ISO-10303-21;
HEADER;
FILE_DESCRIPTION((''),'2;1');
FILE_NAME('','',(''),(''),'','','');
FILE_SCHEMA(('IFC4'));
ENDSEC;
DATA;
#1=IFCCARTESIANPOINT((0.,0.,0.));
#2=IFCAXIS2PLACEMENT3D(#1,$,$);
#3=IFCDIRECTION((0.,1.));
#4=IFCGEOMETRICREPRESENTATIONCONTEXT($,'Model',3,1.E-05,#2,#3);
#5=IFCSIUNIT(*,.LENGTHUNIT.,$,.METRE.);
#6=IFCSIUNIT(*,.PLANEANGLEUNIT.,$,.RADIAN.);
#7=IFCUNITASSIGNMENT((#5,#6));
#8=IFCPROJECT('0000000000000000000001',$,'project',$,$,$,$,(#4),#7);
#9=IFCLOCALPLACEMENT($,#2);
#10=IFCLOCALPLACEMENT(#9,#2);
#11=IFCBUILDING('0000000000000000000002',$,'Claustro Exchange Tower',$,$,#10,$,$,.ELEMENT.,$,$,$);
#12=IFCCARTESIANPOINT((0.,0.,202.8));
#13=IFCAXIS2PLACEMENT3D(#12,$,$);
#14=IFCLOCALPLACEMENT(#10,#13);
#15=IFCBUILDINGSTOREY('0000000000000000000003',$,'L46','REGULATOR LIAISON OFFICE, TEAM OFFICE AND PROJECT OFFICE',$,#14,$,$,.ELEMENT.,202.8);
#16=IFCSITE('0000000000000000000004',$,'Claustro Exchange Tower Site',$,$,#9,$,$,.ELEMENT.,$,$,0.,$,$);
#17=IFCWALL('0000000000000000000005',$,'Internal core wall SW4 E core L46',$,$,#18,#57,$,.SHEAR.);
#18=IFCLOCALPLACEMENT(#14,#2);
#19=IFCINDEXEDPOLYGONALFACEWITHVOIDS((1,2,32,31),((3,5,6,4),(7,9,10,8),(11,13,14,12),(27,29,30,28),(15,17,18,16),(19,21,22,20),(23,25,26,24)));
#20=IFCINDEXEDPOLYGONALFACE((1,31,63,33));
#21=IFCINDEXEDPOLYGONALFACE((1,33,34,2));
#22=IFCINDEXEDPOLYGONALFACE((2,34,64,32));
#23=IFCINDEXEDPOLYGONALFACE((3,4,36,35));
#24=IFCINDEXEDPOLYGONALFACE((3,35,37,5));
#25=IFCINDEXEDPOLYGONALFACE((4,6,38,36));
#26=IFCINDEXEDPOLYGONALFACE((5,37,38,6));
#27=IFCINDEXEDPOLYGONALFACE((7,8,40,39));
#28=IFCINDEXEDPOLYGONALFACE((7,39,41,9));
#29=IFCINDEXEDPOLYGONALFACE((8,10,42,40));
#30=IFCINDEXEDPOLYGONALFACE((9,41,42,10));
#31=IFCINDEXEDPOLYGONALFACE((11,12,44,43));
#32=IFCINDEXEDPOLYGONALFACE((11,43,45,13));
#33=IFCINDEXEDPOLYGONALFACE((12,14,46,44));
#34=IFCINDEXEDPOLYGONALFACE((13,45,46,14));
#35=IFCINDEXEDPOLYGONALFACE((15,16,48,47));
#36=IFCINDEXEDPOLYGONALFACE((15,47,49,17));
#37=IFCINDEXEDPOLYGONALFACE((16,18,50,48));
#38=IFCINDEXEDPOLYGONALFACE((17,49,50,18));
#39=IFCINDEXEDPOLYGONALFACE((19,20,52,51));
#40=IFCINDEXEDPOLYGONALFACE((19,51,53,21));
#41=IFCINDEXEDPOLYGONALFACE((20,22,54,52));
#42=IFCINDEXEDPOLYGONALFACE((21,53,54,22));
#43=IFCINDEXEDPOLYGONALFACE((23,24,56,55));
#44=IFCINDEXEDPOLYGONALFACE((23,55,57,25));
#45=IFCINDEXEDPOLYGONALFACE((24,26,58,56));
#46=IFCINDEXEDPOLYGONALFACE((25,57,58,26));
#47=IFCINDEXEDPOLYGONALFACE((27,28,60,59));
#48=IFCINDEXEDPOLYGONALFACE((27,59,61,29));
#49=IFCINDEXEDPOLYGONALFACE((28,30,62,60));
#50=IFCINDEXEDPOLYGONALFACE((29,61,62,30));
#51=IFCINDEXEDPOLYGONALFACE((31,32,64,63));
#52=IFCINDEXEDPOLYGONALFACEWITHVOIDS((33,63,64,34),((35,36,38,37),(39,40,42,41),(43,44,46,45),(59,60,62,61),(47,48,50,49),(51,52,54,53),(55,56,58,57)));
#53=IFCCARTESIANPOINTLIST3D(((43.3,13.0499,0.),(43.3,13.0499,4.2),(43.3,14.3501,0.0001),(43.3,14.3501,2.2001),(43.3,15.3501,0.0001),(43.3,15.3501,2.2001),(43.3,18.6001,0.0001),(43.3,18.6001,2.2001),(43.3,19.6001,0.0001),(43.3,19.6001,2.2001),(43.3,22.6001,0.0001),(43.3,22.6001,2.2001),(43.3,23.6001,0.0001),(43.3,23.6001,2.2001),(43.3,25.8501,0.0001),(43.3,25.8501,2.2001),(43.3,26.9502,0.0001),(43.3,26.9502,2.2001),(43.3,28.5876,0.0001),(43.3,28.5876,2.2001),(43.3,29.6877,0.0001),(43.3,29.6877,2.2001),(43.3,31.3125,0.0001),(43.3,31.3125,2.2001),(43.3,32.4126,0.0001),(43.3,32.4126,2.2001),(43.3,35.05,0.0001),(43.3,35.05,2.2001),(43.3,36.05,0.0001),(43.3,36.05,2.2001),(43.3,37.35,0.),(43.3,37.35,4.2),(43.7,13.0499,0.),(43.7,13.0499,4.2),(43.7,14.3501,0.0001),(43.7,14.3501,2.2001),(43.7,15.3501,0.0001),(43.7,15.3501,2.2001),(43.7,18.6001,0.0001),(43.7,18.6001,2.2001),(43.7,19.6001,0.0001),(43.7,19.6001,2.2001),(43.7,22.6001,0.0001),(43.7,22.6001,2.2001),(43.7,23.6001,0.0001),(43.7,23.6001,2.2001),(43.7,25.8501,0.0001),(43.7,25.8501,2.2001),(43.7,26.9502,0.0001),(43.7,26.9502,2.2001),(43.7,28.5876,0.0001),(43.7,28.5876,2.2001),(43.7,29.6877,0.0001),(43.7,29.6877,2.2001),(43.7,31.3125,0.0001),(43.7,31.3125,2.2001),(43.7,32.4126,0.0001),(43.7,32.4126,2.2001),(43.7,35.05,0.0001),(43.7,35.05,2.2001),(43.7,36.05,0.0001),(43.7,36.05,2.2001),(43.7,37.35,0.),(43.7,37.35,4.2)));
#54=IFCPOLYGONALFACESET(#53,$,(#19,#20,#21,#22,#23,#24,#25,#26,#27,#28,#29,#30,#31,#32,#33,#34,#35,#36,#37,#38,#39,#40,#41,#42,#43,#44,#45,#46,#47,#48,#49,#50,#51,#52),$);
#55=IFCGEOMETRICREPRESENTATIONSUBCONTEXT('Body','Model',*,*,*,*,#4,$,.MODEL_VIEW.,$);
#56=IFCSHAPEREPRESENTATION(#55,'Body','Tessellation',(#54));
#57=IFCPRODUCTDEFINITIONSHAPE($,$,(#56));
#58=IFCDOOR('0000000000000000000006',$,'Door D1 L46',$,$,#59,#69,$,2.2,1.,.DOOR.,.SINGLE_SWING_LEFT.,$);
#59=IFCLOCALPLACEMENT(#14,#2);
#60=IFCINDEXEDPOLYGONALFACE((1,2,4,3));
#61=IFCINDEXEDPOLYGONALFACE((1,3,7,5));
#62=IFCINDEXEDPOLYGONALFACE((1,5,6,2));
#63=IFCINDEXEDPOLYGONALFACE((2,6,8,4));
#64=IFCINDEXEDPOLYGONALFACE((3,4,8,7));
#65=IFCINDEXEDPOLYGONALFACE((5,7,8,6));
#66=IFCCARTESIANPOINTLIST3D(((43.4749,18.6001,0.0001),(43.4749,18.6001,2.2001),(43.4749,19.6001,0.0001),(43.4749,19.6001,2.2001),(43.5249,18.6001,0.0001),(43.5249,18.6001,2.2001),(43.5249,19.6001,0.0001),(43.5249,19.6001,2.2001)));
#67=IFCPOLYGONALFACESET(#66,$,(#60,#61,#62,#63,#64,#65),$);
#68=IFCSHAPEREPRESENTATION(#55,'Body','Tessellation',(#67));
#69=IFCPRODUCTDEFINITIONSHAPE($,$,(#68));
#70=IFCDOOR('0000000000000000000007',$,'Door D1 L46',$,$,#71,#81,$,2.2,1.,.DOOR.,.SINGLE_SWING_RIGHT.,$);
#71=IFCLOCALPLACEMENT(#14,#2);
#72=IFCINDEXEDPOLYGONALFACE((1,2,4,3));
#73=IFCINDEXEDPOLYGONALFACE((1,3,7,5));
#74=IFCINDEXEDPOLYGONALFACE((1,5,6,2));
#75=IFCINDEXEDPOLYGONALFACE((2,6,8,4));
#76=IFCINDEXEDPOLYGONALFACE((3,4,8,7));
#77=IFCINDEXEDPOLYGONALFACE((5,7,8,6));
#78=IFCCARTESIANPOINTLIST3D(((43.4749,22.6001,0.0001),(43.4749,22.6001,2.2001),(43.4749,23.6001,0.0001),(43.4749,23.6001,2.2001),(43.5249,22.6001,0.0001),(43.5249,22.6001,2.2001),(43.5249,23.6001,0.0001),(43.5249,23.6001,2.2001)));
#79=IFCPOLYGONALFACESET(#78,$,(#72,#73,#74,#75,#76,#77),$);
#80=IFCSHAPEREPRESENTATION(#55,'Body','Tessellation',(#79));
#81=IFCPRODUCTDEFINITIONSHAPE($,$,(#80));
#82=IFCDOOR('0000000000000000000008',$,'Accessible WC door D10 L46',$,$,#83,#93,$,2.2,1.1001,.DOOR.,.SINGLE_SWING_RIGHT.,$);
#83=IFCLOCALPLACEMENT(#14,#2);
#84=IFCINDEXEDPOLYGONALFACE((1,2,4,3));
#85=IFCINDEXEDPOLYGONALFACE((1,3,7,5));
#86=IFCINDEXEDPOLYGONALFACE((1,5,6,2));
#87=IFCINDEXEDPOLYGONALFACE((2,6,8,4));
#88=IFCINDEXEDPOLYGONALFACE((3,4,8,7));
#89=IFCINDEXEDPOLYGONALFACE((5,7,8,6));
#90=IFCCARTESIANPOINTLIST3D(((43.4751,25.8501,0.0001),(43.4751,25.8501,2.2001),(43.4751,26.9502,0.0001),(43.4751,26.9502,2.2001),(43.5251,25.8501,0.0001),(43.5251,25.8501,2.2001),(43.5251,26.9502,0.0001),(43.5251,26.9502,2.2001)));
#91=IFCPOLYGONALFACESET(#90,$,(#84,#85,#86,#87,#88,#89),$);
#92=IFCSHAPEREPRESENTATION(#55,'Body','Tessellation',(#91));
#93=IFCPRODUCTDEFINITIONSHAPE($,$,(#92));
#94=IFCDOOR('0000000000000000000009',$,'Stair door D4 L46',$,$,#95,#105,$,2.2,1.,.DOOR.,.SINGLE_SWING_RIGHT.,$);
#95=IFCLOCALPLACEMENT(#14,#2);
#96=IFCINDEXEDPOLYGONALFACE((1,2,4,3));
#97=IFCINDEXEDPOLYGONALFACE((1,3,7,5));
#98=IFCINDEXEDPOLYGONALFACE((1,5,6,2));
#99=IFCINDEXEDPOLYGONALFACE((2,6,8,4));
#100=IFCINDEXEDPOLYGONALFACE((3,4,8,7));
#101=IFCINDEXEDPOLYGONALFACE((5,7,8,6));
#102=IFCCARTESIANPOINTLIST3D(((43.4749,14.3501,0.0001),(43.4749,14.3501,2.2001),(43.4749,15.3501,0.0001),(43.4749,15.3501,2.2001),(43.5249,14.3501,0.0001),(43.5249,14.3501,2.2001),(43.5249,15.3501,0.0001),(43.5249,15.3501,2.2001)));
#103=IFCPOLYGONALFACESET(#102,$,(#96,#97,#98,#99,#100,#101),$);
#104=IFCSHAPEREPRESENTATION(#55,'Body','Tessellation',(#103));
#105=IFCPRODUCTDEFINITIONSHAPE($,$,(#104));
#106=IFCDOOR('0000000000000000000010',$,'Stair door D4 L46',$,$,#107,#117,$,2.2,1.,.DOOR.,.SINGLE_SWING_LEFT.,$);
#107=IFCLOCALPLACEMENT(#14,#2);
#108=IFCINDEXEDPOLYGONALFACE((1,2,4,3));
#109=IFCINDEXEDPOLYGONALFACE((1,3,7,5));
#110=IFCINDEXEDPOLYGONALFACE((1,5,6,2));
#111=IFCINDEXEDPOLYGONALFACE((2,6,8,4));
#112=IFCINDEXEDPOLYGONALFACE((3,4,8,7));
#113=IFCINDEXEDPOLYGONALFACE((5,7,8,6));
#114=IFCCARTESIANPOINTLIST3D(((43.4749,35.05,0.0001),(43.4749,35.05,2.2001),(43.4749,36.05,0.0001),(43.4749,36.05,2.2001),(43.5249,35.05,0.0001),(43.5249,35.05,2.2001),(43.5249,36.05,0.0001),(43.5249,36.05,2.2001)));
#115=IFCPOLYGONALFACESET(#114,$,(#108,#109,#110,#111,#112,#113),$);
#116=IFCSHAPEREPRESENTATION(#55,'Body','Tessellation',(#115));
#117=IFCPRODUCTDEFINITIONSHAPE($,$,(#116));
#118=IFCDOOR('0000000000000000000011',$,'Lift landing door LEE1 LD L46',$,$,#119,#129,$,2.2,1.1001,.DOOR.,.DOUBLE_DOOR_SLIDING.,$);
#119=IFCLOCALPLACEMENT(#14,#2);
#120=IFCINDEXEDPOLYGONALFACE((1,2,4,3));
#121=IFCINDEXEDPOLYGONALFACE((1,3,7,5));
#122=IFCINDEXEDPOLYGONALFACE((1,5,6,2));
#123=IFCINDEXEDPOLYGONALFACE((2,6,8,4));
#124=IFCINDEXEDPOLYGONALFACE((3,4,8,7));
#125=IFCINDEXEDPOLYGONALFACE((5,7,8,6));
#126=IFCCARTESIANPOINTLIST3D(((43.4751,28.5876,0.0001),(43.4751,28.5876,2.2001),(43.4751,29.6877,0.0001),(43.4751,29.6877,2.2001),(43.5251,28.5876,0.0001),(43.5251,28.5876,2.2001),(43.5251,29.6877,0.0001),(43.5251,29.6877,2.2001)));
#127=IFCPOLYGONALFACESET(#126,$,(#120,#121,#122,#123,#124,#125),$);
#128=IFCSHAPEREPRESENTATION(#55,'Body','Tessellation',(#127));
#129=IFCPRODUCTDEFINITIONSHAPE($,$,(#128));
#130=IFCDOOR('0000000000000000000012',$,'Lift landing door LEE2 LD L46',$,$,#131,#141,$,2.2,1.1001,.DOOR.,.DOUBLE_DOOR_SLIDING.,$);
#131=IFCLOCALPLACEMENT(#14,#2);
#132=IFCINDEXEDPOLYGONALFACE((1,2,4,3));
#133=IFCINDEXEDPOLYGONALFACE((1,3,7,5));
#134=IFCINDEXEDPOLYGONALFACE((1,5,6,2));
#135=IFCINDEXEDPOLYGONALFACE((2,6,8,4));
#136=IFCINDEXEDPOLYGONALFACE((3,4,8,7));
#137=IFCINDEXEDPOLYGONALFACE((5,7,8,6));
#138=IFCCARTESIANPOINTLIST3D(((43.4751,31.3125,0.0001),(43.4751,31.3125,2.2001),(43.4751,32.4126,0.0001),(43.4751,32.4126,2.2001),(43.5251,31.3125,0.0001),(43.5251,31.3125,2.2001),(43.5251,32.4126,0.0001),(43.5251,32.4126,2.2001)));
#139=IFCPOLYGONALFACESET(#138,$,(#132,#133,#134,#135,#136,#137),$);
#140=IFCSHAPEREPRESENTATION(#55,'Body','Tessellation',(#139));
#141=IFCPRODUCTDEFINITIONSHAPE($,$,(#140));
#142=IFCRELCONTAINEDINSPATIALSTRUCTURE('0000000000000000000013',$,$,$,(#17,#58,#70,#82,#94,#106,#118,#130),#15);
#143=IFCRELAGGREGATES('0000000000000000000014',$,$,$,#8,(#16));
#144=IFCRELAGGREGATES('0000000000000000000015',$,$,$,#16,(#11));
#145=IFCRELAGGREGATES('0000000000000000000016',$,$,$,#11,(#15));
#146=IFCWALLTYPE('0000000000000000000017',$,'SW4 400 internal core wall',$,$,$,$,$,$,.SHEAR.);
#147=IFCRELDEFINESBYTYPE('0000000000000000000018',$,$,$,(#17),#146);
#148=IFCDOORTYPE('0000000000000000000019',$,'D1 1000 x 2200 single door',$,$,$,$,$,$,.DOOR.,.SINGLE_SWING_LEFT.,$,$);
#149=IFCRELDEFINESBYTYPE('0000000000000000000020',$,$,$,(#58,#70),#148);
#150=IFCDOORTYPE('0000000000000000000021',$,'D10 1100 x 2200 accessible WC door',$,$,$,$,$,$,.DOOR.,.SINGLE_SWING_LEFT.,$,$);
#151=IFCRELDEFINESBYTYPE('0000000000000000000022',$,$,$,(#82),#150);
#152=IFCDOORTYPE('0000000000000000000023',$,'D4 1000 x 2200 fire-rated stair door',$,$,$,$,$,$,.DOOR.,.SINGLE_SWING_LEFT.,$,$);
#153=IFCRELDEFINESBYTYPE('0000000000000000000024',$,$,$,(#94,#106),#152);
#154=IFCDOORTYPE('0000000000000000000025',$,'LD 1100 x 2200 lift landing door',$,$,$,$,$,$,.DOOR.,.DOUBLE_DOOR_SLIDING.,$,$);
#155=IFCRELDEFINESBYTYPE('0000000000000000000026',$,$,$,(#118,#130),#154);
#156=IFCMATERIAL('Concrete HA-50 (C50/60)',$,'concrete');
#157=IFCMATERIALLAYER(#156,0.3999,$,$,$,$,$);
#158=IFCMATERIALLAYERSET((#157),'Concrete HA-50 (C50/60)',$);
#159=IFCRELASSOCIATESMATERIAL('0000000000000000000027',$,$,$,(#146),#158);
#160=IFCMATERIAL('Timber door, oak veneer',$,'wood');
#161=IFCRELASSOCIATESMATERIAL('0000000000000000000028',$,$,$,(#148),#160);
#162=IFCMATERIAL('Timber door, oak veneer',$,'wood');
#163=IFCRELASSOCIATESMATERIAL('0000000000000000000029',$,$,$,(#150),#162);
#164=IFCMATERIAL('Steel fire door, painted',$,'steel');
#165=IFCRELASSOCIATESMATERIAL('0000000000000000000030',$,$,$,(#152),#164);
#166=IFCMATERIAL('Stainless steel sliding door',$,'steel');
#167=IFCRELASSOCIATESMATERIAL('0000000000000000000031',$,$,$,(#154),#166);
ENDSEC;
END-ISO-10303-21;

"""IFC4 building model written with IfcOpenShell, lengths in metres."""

from ifc_helpers import new_model, si_unit, direction, frame, frame_2d, origin, place, context, subcontext, project, spatial, rectangle, extrude, material, layer, layer_set, type_object, element, fill, save


model = new_model("IFC4")

# Units and contexts
model_context = context("Model", 3, precision=1e-05, world=origin(), true_north=direction((0.0, 1.0)))
body_context = subcontext(model_context, "Body", "Model", "MODEL_VIEW")
ifc_project = project(units=[si_unit("LENGTHUNIT", "METRE"), si_unit("PLANEANGLEUNIT", "RADIAN")], contexts=[model_context])

# Site, building, storey
site_placement = place(None, origin())
site = spatial("IfcSite", under=ifc_project, at=site_placement, Name="Claustro Exchange Tower Site", CompositionType="ELEMENT", RefElevation=0.0)
building_placement = place(site_placement, origin())
building = spatial("IfcBuilding", under=site, at=building_placement, Name="Claustro Exchange Tower", CompositionType="ELEMENT")
storey_placement = place(building_placement, frame((0.0, 0.0, 202.8)))
storey = spatial("IfcBuildingStorey", under=building, at=storey_placement, Name="L46", Description="REGULATOR LIAISON OFFICE, TEAM OFFICE AND PROJECT OFFICE", CompositionType="ELEMENT", Elevation=202.8)

# Wall, openings, doors
ifc_material_1 = material(Name="Concrete HA-50 (C50/60)", Category="concrete")
ifc_layer_1 = layer(ifc_material_1, 0.3999)
ifc_layer_set_1 = layer_set([ifc_layer_1], Name="Concrete HA-50 (C50/60)")
wall_type_1 = type_object("IfcWallType", Name="SW4 400 internal core wall", PredefinedType="SHEAR", material=ifc_layer_set_1)
wall_1_placement = place(storey_placement, frame((43.5, 13.05, 0.0), z_axis=(0.0, 0.0, 1.0), x_axis=(0.0, 1.0, 0.0)))
wall_1 = element("IfcWall", 1, at=wall_1_placement, inside=storey, type_object=wall_type_1, Name="Internal core wall SW4 E core L46", PredefinedType="SHEAR", context=body_context, shape_type="SweptSolid", body=[
    extrude(rectangle(XDim=24.3, YDim=0.3999, at=frame_2d((12.1499, 0.0))), origin(), (0.0, 0.0, 1.0), 4.2),
])
opening_1_placement = place(wall_1_placement, frame((1.3, 0.0, 0.0)))
opening_1 = element("IfcOpeningElement", 2, at=opening_1_placement, cuts=wall_1, PredefinedType="OPENING", context=body_context, shape_type="SweptSolid", body=[
    extrude(rectangle(XDim=1.0, YDim=2.2, at=frame_2d((0.5, 1.1001))), frame((0.0, 0.21, 0.0), z_axis=(0.0, -1.0, 0.0), x_axis=(1.0, 0.0, 0.0)), (0.0, 0.0, 1.0), 0.4199),
])
opening_2_placement = place(wall_1_placement, frame((22.0, 0.0, 0.0)))
opening_2 = element("IfcOpeningElement", 3, at=opening_2_placement, cuts=wall_1, PredefinedType="OPENING", context=body_context, shape_type="SweptSolid", body=[
    extrude(rectangle(XDim=1.0, YDim=2.2, at=frame_2d((0.5, 1.1001))), frame((0.0, 0.21, 0.0), z_axis=(0.0, -1.0, 0.0), x_axis=(1.0, 0.0, 0.0)), (0.0, 0.0, 1.0), 0.4199),
])
opening_3_placement = place(wall_1_placement, frame((5.55, 0.0, 0.0)))
opening_3 = element("IfcOpeningElement", 4, at=opening_3_placement, cuts=wall_1, PredefinedType="OPENING", context=body_context, shape_type="SweptSolid", body=[
    extrude(rectangle(XDim=1.0, YDim=2.2, at=frame_2d((0.5, 1.1001))), frame((0.0, 0.21, 0.0), z_axis=(0.0, -1.0, 0.0), x_axis=(1.0, 0.0, 0.0)), (0.0, 0.0, 1.0), 0.4199),
])
opening_4_placement = place(wall_1_placement, frame((9.55, 0.0, 0.0)))
opening_4 = element("IfcOpeningElement", 5, at=opening_4_placement, cuts=wall_1, PredefinedType="OPENING", context=body_context, shape_type="SweptSolid", body=[
    extrude(rectangle(XDim=1.0, YDim=2.2, at=frame_2d((0.5, 1.1001))), frame((0.0, 0.21, 0.0), z_axis=(0.0, -1.0, 0.0), x_axis=(1.0, 0.0, 0.0)), (0.0, 0.0, 1.0), 0.4199),
])
opening_5_placement = place(wall_1_placement, frame((12.8, 0.0, 0.0)))
opening_5 = element("IfcOpeningElement", 6, at=opening_5_placement, cuts=wall_1, PredefinedType="OPENING", context=body_context, shape_type="SweptSolid", body=[
    extrude(rectangle(XDim=1.1001, YDim=2.2, at=frame_2d((0.55, 1.1001))), frame((0.0, 0.21, 0.0), z_axis=(0.0, -1.0, 0.0), x_axis=(1.0, 0.0, 0.0)), (0.0, 0.0, 1.0), 0.4199),
])
opening_6_placement = place(wall_1_placement, frame((15.5376, 0.0, 0.0)))
opening_6 = element("IfcOpeningElement", 7, at=opening_6_placement, cuts=wall_1, PredefinedType="OPENING", context=body_context, shape_type="SweptSolid", body=[
    extrude(rectangle(XDim=1.1001, YDim=2.2, at=frame_2d((0.55, 1.1001))), frame((0.0, 0.21, 0.0), z_axis=(0.0, -1.0, 0.0), x_axis=(1.0, 0.0, 0.0)), (0.0, 0.0, 1.0), 0.4199),
])
opening_7_placement = place(wall_1_placement, frame((18.2625, 0.0, 0.0)))
opening_7 = element("IfcOpeningElement", 8, at=opening_7_placement, cuts=wall_1, PredefinedType="OPENING", context=body_context, shape_type="SweptSolid", body=[
    extrude(rectangle(XDim=1.1001, YDim=2.2, at=frame_2d((0.55, 1.1001))), frame((0.0, 0.21, 0.0), z_axis=(0.0, -1.0, 0.0), x_axis=(1.0, 0.0, 0.0)), (0.0, 0.0, 1.0), 0.4199),
])
ifc_material_2 = material(Name="Timber door, oak veneer", Category="wood")
door_type_1 = type_object("IfcDoorType", Name="D1 1000 x 2200 single door", OperationType="SINGLE_SWING_LEFT", PredefinedType="DOOR", material=ifc_material_2)
door_1_placement = place(opening_3_placement, frame((1.0, 0.0, 0.0), z_axis=(0.0, 0.0, 1.0), x_axis=(-1.0, 0.0, 0.0)))
door_1 = element("IfcDoor", 9, at=door_1_placement, inside=storey, type_object=door_type_1, Name="Door D1 L46", OperationType="SINGLE_SWING_LEFT", OverallHeight=2.2, OverallWidth=1.0, PredefinedType="DOOR", context=body_context, shape_type="SweptSolid", body=[
    extrude(rectangle(XDim=1.0, YDim=2.2, at=frame_2d((0.5, 1.1001))), frame((0.0, 0.0249, 0.0), z_axis=(0.0, -1.0, 0.0), x_axis=(1.0, 0.0, 0.0)), (0.0, 0.0, 1.0), 0.05),
])
fill(opening_3, door_1)
door_2_placement = place(opening_4_placement, frame((1.0, 0.0, 0.0), z_axis=(0.0, 0.0, 1.0), x_axis=(-1.0, 0.0, 0.0)))
door_2 = element("IfcDoor", 10, at=door_2_placement, inside=storey, type_object=door_type_1, Name="Door D1 L46", OperationType="SINGLE_SWING_RIGHT", OverallHeight=2.2, OverallWidth=1.0, PredefinedType="DOOR", context=body_context, shape_type="SweptSolid", body=[
    extrude(rectangle(XDim=1.0, YDim=2.2, at=frame_2d((0.5, 1.1001))), frame((0.0, 0.0249, 0.0), z_axis=(0.0, -1.0, 0.0), x_axis=(1.0, 0.0, 0.0)), (0.0, 0.0, 1.0), 0.05),
])
fill(opening_4, door_2)
ifc_material_3 = material(Name="Timber door, oak veneer", Category="wood")
door_type_2 = type_object("IfcDoorType", Name="D10 1100 x 2200 accessible WC door", OperationType="SINGLE_SWING_LEFT", PredefinedType="DOOR", material=ifc_material_3)
door_3_placement = place(opening_5_placement, origin())
door_3 = element("IfcDoor", 11, at=door_3_placement, inside=storey, type_object=door_type_2, Name="Accessible WC door D10 L46", OperationType="SINGLE_SWING_RIGHT", OverallHeight=2.2, OverallWidth=1.1001, PredefinedType="DOOR", context=body_context, shape_type="SweptSolid", body=[
    extrude(rectangle(XDim=1.1001, YDim=2.2, at=frame_2d((0.55, 1.1001))), frame((0.0, 0.0249, 0.0), z_axis=(0.0, -1.0, 0.0), x_axis=(1.0, 0.0, 0.0)), (0.0, 0.0, 1.0), 0.05),
])
fill(opening_5, door_3)
ifc_material_4 = material(Name="Steel fire door, painted", Category="steel")
door_type_3 = type_object("IfcDoorType", Name="D4 1000 x 2200 fire-rated stair door", OperationType="SINGLE_SWING_LEFT", PredefinedType="DOOR", material=ifc_material_4)
door_4_placement = place(opening_1_placement, frame((1.0, 0.0, 0.0), z_axis=(0.0, 0.0, 1.0), x_axis=(-1.0, 0.0, 0.0)))
door_4 = element("IfcDoor", 12, at=door_4_placement, inside=storey, type_object=door_type_3, Name="Stair door D4 L46", OperationType="SINGLE_SWING_RIGHT", OverallHeight=2.2, OverallWidth=1.0, PredefinedType="DOOR", context=body_context, shape_type="SweptSolid", body=[
    extrude(rectangle(XDim=1.0, YDim=2.2, at=frame_2d((0.5, 1.1001))), frame((0.0, 0.0249, 0.0), z_axis=(0.0, -1.0, 0.0), x_axis=(1.0, 0.0, 0.0)), (0.0, 0.0, 1.0), 0.05),
])
fill(opening_1, door_4)
door_5_placement = place(opening_2_placement, frame((1.0, 0.0, 0.0), z_axis=(0.0, 0.0, 1.0), x_axis=(-1.0, 0.0, 0.0)))
door_5 = element("IfcDoor", 13, at=door_5_placement, inside=storey, type_object=door_type_3, Name="Stair door D4 L46", OperationType="SINGLE_SWING_LEFT", OverallHeight=2.2, OverallWidth=1.0, PredefinedType="DOOR", context=body_context, shape_type="SweptSolid", body=[
    extrude(rectangle(XDim=1.0, YDim=2.2, at=frame_2d((0.5, 1.1001))), frame((0.0, 0.0249, 0.0), z_axis=(0.0, -1.0, 0.0), x_axis=(1.0, 0.0, 0.0)), (0.0, 0.0, 1.0), 0.05),
])
fill(opening_2, door_5)
ifc_material_5 = material(Name="Stainless steel sliding door", Category="steel")
door_type_4 = type_object("IfcDoorType", Name="LD 1100 x 2200 lift landing door", OperationType="DOUBLE_DOOR_SLIDING", PredefinedType="DOOR", material=ifc_material_5)
door_6_placement = place(opening_6_placement, origin())
door_6 = element("IfcDoor", 14, at=door_6_placement, inside=storey, type_object=door_type_4, Name="Lift landing door LEE1 LD L46", OperationType="DOUBLE_DOOR_SLIDING", OverallHeight=2.2, OverallWidth=1.1001, PredefinedType="DOOR", context=body_context, shape_type="SweptSolid", body=[
    extrude(rectangle(XDim=1.1001, YDim=2.2, at=frame_2d((0.55, 1.1001))), frame((0.0, 0.0249, 0.0), z_axis=(0.0, -1.0, 0.0), x_axis=(1.0, 0.0, 0.0)), (0.0, 0.0, 1.0), 0.05),
])
fill(opening_6, door_6)
door_7_placement = place(opening_7_placement, origin())
door_7 = element("IfcDoor", 15, at=door_7_placement, inside=storey, type_object=door_type_4, Name="Lift landing door LEE2 LD L46", OperationType="DOUBLE_DOOR_SLIDING", OverallHeight=2.2, OverallWidth=1.1001, PredefinedType="DOOR", context=body_context, shape_type="SweptSolid", body=[
    extrude(rectangle(XDim=1.1001, YDim=2.2, at=frame_2d((0.55, 1.1001))), frame((0.0, 0.0249, 0.0), z_axis=(0.0, -1.0, 0.0), x_axis=(1.0, 0.0, 0.0)), (0.0, 0.0, 1.0), 0.05),
])
fill(opening_7, door_7)

save(model, "model.ifc")
